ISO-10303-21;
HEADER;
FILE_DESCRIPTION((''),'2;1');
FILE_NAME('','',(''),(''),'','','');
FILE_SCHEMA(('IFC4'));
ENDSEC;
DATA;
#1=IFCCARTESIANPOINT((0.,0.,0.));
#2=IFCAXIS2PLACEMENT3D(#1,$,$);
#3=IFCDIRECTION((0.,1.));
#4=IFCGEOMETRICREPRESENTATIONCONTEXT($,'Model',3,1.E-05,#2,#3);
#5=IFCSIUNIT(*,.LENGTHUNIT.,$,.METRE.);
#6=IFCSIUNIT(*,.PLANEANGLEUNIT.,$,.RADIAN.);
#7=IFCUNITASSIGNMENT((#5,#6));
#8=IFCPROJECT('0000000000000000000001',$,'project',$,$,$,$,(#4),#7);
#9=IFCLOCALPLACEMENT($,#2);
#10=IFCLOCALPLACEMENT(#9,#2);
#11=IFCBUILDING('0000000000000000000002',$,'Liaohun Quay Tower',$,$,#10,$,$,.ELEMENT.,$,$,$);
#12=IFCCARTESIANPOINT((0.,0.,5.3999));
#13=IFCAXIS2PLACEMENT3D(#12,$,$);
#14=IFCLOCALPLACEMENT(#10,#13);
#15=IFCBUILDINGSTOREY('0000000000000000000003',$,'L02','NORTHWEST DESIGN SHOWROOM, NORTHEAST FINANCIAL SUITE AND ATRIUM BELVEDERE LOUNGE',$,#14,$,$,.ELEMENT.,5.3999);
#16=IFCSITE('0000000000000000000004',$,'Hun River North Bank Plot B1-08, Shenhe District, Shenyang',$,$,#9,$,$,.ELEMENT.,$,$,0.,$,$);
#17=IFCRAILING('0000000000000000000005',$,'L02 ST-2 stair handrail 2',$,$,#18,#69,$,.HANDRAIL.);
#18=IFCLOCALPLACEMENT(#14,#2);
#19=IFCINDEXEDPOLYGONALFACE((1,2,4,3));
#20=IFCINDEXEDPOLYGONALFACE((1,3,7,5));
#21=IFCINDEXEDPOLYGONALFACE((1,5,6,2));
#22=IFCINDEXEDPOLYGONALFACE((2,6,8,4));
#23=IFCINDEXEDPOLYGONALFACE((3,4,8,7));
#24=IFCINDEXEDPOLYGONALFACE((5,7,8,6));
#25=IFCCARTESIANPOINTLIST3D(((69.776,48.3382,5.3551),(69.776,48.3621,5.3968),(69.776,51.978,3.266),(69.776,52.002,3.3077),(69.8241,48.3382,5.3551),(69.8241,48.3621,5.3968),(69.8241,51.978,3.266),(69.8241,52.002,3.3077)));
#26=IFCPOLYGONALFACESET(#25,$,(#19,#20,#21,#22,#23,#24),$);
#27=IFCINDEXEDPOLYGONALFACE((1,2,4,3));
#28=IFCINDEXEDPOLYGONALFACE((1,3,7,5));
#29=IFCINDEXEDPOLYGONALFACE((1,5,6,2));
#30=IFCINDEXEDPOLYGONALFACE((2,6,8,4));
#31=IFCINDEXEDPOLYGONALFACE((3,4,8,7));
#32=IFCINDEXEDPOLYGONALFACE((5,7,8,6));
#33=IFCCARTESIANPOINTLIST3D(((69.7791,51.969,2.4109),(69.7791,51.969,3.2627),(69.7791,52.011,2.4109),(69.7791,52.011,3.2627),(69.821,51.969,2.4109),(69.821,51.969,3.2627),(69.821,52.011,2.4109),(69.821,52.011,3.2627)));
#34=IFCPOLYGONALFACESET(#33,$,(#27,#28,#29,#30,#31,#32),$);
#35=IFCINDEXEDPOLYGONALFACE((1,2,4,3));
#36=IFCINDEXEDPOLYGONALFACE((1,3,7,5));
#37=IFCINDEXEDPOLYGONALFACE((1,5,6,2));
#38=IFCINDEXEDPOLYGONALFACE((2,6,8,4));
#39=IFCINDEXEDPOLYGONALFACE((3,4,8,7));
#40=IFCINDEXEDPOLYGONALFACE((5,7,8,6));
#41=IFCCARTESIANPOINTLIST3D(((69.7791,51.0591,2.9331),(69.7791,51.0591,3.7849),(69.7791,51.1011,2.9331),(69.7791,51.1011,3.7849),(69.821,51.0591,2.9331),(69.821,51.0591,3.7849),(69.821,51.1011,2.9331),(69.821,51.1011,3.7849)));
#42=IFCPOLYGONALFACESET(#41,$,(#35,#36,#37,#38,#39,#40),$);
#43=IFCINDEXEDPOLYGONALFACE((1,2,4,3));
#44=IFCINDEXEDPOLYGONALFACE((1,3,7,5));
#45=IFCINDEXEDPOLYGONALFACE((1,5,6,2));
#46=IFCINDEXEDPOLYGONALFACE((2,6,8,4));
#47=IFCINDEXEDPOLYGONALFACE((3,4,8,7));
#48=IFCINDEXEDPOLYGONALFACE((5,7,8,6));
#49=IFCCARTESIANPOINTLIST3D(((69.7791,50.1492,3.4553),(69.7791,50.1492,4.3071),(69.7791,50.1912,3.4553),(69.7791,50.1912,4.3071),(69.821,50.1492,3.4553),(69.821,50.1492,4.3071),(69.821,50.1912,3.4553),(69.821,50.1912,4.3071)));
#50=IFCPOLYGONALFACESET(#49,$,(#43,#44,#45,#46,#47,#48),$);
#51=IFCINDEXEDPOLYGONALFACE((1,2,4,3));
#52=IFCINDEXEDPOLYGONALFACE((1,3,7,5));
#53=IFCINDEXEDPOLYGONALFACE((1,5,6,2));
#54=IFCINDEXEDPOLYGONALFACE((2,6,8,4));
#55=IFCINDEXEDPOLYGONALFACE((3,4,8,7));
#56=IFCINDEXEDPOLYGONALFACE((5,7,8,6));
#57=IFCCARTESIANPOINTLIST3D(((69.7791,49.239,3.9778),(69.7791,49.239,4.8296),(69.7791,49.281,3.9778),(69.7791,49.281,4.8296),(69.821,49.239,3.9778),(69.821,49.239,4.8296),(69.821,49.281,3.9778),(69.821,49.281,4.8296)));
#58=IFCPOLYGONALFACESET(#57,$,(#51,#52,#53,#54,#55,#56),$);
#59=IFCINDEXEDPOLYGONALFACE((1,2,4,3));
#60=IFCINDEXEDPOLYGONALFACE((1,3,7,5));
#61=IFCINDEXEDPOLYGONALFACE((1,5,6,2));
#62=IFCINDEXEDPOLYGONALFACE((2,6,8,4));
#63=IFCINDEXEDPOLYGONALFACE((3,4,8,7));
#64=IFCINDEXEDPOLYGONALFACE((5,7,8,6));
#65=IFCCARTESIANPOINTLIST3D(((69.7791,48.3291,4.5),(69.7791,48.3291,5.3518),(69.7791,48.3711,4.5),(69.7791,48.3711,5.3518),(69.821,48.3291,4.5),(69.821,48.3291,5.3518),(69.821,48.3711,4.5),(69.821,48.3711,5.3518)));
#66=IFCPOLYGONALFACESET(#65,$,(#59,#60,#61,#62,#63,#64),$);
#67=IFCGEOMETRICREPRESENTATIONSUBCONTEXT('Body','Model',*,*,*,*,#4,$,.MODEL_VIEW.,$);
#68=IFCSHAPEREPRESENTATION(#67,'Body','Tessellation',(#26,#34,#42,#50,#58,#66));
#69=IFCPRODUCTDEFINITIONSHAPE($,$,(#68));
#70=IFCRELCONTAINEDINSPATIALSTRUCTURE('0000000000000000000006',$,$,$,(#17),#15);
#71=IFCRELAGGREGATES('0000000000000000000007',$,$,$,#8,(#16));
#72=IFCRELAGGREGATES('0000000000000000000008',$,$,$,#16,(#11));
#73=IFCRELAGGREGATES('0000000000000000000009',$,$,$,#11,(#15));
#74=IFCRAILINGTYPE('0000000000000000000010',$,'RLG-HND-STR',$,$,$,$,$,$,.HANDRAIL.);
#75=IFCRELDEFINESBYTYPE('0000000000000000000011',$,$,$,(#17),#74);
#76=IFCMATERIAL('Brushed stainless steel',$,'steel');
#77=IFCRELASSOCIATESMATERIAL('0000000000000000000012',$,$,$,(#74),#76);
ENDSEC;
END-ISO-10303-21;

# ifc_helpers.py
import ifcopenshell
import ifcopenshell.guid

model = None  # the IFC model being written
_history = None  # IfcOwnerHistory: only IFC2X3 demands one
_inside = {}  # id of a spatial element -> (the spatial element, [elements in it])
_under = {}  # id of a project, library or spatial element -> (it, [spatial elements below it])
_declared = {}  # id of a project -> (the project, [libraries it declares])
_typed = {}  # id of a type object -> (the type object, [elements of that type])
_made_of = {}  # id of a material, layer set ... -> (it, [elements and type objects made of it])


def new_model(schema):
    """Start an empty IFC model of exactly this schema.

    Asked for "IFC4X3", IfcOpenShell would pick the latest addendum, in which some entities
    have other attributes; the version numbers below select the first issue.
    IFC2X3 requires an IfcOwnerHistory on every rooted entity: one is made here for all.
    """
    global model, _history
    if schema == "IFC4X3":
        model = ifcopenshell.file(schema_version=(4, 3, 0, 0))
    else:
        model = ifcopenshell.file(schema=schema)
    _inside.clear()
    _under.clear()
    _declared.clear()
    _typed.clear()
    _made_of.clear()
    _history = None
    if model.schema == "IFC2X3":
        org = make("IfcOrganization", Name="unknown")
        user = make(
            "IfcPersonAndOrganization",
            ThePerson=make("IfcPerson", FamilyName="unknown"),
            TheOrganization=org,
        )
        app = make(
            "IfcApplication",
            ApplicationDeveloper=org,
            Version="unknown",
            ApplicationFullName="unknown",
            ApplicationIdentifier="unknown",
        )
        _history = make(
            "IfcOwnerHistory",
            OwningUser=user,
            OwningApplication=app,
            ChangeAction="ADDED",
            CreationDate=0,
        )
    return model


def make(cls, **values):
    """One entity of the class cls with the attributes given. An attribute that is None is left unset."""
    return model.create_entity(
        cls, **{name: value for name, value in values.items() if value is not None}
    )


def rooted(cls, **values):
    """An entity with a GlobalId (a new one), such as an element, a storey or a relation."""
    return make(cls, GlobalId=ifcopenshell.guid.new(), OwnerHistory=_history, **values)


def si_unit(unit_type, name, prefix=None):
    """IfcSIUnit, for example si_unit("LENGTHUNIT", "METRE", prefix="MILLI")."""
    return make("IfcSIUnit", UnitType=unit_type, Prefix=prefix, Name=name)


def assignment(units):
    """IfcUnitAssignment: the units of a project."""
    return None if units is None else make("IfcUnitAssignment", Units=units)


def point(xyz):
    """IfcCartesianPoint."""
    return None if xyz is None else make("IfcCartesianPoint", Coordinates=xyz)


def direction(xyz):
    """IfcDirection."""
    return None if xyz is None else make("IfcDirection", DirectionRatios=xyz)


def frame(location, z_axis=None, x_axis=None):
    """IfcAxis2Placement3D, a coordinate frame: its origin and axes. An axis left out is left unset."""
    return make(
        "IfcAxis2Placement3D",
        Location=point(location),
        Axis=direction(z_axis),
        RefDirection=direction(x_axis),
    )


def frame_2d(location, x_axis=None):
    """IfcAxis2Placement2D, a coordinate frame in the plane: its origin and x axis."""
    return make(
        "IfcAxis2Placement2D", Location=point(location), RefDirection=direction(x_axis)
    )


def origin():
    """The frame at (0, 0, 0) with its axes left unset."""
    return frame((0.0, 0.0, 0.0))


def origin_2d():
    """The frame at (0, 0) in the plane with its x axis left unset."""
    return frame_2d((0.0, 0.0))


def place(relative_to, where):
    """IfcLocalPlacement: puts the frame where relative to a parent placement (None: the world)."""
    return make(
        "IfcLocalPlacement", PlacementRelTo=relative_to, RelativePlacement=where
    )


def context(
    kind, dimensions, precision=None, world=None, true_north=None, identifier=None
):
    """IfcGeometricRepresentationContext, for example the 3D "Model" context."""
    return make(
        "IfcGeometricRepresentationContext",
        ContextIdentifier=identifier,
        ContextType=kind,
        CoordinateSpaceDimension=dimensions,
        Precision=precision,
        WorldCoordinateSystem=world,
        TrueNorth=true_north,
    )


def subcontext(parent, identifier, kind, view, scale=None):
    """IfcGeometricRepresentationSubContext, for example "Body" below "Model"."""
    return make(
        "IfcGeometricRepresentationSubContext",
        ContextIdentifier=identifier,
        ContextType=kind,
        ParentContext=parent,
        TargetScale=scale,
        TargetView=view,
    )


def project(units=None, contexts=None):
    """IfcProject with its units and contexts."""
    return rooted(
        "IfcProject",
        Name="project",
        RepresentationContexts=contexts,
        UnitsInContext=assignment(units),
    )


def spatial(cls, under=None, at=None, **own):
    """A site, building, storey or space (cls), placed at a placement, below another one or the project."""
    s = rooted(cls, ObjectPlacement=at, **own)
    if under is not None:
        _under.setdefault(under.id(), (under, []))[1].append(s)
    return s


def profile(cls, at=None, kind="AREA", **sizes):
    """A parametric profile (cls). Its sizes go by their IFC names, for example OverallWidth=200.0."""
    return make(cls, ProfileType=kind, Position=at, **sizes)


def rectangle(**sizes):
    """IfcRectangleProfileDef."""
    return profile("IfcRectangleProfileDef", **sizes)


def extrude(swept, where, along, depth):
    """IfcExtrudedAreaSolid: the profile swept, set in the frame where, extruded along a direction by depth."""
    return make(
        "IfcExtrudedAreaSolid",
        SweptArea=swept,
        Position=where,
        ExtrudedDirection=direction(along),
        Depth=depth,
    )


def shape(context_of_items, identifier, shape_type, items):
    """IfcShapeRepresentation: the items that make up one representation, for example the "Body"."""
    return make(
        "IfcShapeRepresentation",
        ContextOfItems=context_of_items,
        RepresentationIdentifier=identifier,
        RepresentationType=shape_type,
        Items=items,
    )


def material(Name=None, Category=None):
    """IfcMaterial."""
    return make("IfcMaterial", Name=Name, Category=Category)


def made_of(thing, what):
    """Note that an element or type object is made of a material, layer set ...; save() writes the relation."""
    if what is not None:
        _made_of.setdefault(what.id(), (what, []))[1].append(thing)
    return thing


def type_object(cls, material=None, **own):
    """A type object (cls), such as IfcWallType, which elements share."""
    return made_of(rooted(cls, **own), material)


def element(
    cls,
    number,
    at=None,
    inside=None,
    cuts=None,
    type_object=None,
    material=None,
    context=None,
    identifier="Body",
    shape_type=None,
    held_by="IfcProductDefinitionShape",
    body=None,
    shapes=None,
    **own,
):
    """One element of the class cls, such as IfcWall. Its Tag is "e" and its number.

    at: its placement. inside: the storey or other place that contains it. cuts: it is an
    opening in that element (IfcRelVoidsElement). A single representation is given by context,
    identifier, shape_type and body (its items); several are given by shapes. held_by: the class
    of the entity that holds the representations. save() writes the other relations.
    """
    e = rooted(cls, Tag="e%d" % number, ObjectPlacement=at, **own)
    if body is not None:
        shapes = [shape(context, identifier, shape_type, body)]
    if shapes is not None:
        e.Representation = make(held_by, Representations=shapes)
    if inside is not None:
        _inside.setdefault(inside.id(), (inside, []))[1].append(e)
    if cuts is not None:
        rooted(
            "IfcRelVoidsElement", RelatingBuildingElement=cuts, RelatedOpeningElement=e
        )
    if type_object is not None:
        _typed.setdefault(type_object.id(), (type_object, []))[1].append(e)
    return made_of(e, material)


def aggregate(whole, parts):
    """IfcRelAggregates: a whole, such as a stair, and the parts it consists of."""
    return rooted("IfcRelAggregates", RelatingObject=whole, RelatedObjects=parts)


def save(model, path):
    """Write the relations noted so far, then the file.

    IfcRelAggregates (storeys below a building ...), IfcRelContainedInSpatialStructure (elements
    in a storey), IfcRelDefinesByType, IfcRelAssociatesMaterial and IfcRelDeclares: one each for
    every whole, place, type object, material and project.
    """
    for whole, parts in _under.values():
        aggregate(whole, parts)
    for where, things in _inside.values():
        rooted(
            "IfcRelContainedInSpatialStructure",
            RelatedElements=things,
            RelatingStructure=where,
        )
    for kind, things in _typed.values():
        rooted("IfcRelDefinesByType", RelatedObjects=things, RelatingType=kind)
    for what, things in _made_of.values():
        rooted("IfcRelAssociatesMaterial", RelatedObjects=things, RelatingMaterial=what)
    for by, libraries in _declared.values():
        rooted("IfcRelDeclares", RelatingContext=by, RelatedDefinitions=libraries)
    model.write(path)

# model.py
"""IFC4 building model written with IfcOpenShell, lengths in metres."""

from ifc_helpers import new_model, si_unit, direction, frame, origin, origin_2d, place, context, subcontext, project, spatial, rectangle, extrude, material, type_object, element, save


model = new_model("IFC4")

# Units and contexts
model_context = context("Model", 3, precision=1e-05, world=origin(), true_north=direction((0.0, 1.0)))
body_context = subcontext(model_context, "Body", "Model", "MODEL_VIEW")
ifc_project = project(units=[si_unit("LENGTHUNIT", "METRE"), si_unit("PLANEANGLEUNIT", "RADIAN")], contexts=[model_context])

# Site, building, storey
site_placement = place(None, origin())
site = spatial("IfcSite", under=ifc_project, at=site_placement, Name="Hun River North Bank Plot B1-08, Shenhe District, Shenyang", CompositionType="ELEMENT", RefElevation=0.0)
building_placement = place(site_placement, origin())
building = spatial("IfcBuilding", under=site, at=building_placement, Name="Liaohun Quay Tower", CompositionType="ELEMENT")
storey_placement = place(building_placement, frame((0.0, 0.0, 5.3999)))
storey = spatial("IfcBuildingStorey", under=building, at=storey_placement, Name="L02", Description="NORTHWEST DESIGN SHOWROOM, NORTHEAST FINANCIAL SUITE AND ATRIUM BELVEDERE LOUNGE", CompositionType="ELEMENT", Elevation=5.3999)

# Railing
ifc_material_1 = material(Name="Brushed stainless steel", Category="steel")
railing_type_1 = type_object("IfcRailingType", Name="RLG-HND-STR", PredefinedType="HANDRAIL", material=ifc_material_1)
railing_1_placement = place(storey_placement, frame((69.8, 51.99, 2.4109)))
element("IfcRailing", 1, at=railing_1_placement, inside=storey, type_object=railing_type_1, Name="L02 ST-2 stair handrail 2", PredefinedType="HANDRAIL", context=body_context, shape_type="SweptSolid", body=[
    extrude(rectangle(XDim=0.0481, YDim=0.0481, at=origin_2d()), frame((0.0, 0.0, 0.876), z_axis=(0.0, -0.8673, 0.497786), x_axis=(1.0, 0.0, 0.0)), (0.0, 0.0, 1.0), 4.1968),
    extrude(rectangle(XDim=0.042, YDim=0.042, at=origin_2d()), origin(), (0.0, 0.0, 1.0), 0.8518),
    extrude(rectangle(XDim=0.042, YDim=0.042, at=origin_2d()), frame((0.0, -0.9099, 0.5222)), (0.0, 0.0, 1.0), 0.8518),
    extrude(rectangle(XDim=0.042, YDim=0.042, at=origin_2d()), frame((0.0, -1.8198, 1.0444)), (0.0, 0.0, 1.0), 0.8518),
    extrude(rectangle(XDim=0.042, YDim=0.042, at=origin_2d()), frame((0.0, -2.73, 1.5669)), (0.0, 0.0, 1.0), 0.8518),
    extrude(rectangle(XDim=0.042, YDim=0.042, at=origin_2d()), frame((0.0, -3.6399, 2.0891)), (0.0, 0.0, 1.0), 0.8518),
])

save(model, "model.ifc")
